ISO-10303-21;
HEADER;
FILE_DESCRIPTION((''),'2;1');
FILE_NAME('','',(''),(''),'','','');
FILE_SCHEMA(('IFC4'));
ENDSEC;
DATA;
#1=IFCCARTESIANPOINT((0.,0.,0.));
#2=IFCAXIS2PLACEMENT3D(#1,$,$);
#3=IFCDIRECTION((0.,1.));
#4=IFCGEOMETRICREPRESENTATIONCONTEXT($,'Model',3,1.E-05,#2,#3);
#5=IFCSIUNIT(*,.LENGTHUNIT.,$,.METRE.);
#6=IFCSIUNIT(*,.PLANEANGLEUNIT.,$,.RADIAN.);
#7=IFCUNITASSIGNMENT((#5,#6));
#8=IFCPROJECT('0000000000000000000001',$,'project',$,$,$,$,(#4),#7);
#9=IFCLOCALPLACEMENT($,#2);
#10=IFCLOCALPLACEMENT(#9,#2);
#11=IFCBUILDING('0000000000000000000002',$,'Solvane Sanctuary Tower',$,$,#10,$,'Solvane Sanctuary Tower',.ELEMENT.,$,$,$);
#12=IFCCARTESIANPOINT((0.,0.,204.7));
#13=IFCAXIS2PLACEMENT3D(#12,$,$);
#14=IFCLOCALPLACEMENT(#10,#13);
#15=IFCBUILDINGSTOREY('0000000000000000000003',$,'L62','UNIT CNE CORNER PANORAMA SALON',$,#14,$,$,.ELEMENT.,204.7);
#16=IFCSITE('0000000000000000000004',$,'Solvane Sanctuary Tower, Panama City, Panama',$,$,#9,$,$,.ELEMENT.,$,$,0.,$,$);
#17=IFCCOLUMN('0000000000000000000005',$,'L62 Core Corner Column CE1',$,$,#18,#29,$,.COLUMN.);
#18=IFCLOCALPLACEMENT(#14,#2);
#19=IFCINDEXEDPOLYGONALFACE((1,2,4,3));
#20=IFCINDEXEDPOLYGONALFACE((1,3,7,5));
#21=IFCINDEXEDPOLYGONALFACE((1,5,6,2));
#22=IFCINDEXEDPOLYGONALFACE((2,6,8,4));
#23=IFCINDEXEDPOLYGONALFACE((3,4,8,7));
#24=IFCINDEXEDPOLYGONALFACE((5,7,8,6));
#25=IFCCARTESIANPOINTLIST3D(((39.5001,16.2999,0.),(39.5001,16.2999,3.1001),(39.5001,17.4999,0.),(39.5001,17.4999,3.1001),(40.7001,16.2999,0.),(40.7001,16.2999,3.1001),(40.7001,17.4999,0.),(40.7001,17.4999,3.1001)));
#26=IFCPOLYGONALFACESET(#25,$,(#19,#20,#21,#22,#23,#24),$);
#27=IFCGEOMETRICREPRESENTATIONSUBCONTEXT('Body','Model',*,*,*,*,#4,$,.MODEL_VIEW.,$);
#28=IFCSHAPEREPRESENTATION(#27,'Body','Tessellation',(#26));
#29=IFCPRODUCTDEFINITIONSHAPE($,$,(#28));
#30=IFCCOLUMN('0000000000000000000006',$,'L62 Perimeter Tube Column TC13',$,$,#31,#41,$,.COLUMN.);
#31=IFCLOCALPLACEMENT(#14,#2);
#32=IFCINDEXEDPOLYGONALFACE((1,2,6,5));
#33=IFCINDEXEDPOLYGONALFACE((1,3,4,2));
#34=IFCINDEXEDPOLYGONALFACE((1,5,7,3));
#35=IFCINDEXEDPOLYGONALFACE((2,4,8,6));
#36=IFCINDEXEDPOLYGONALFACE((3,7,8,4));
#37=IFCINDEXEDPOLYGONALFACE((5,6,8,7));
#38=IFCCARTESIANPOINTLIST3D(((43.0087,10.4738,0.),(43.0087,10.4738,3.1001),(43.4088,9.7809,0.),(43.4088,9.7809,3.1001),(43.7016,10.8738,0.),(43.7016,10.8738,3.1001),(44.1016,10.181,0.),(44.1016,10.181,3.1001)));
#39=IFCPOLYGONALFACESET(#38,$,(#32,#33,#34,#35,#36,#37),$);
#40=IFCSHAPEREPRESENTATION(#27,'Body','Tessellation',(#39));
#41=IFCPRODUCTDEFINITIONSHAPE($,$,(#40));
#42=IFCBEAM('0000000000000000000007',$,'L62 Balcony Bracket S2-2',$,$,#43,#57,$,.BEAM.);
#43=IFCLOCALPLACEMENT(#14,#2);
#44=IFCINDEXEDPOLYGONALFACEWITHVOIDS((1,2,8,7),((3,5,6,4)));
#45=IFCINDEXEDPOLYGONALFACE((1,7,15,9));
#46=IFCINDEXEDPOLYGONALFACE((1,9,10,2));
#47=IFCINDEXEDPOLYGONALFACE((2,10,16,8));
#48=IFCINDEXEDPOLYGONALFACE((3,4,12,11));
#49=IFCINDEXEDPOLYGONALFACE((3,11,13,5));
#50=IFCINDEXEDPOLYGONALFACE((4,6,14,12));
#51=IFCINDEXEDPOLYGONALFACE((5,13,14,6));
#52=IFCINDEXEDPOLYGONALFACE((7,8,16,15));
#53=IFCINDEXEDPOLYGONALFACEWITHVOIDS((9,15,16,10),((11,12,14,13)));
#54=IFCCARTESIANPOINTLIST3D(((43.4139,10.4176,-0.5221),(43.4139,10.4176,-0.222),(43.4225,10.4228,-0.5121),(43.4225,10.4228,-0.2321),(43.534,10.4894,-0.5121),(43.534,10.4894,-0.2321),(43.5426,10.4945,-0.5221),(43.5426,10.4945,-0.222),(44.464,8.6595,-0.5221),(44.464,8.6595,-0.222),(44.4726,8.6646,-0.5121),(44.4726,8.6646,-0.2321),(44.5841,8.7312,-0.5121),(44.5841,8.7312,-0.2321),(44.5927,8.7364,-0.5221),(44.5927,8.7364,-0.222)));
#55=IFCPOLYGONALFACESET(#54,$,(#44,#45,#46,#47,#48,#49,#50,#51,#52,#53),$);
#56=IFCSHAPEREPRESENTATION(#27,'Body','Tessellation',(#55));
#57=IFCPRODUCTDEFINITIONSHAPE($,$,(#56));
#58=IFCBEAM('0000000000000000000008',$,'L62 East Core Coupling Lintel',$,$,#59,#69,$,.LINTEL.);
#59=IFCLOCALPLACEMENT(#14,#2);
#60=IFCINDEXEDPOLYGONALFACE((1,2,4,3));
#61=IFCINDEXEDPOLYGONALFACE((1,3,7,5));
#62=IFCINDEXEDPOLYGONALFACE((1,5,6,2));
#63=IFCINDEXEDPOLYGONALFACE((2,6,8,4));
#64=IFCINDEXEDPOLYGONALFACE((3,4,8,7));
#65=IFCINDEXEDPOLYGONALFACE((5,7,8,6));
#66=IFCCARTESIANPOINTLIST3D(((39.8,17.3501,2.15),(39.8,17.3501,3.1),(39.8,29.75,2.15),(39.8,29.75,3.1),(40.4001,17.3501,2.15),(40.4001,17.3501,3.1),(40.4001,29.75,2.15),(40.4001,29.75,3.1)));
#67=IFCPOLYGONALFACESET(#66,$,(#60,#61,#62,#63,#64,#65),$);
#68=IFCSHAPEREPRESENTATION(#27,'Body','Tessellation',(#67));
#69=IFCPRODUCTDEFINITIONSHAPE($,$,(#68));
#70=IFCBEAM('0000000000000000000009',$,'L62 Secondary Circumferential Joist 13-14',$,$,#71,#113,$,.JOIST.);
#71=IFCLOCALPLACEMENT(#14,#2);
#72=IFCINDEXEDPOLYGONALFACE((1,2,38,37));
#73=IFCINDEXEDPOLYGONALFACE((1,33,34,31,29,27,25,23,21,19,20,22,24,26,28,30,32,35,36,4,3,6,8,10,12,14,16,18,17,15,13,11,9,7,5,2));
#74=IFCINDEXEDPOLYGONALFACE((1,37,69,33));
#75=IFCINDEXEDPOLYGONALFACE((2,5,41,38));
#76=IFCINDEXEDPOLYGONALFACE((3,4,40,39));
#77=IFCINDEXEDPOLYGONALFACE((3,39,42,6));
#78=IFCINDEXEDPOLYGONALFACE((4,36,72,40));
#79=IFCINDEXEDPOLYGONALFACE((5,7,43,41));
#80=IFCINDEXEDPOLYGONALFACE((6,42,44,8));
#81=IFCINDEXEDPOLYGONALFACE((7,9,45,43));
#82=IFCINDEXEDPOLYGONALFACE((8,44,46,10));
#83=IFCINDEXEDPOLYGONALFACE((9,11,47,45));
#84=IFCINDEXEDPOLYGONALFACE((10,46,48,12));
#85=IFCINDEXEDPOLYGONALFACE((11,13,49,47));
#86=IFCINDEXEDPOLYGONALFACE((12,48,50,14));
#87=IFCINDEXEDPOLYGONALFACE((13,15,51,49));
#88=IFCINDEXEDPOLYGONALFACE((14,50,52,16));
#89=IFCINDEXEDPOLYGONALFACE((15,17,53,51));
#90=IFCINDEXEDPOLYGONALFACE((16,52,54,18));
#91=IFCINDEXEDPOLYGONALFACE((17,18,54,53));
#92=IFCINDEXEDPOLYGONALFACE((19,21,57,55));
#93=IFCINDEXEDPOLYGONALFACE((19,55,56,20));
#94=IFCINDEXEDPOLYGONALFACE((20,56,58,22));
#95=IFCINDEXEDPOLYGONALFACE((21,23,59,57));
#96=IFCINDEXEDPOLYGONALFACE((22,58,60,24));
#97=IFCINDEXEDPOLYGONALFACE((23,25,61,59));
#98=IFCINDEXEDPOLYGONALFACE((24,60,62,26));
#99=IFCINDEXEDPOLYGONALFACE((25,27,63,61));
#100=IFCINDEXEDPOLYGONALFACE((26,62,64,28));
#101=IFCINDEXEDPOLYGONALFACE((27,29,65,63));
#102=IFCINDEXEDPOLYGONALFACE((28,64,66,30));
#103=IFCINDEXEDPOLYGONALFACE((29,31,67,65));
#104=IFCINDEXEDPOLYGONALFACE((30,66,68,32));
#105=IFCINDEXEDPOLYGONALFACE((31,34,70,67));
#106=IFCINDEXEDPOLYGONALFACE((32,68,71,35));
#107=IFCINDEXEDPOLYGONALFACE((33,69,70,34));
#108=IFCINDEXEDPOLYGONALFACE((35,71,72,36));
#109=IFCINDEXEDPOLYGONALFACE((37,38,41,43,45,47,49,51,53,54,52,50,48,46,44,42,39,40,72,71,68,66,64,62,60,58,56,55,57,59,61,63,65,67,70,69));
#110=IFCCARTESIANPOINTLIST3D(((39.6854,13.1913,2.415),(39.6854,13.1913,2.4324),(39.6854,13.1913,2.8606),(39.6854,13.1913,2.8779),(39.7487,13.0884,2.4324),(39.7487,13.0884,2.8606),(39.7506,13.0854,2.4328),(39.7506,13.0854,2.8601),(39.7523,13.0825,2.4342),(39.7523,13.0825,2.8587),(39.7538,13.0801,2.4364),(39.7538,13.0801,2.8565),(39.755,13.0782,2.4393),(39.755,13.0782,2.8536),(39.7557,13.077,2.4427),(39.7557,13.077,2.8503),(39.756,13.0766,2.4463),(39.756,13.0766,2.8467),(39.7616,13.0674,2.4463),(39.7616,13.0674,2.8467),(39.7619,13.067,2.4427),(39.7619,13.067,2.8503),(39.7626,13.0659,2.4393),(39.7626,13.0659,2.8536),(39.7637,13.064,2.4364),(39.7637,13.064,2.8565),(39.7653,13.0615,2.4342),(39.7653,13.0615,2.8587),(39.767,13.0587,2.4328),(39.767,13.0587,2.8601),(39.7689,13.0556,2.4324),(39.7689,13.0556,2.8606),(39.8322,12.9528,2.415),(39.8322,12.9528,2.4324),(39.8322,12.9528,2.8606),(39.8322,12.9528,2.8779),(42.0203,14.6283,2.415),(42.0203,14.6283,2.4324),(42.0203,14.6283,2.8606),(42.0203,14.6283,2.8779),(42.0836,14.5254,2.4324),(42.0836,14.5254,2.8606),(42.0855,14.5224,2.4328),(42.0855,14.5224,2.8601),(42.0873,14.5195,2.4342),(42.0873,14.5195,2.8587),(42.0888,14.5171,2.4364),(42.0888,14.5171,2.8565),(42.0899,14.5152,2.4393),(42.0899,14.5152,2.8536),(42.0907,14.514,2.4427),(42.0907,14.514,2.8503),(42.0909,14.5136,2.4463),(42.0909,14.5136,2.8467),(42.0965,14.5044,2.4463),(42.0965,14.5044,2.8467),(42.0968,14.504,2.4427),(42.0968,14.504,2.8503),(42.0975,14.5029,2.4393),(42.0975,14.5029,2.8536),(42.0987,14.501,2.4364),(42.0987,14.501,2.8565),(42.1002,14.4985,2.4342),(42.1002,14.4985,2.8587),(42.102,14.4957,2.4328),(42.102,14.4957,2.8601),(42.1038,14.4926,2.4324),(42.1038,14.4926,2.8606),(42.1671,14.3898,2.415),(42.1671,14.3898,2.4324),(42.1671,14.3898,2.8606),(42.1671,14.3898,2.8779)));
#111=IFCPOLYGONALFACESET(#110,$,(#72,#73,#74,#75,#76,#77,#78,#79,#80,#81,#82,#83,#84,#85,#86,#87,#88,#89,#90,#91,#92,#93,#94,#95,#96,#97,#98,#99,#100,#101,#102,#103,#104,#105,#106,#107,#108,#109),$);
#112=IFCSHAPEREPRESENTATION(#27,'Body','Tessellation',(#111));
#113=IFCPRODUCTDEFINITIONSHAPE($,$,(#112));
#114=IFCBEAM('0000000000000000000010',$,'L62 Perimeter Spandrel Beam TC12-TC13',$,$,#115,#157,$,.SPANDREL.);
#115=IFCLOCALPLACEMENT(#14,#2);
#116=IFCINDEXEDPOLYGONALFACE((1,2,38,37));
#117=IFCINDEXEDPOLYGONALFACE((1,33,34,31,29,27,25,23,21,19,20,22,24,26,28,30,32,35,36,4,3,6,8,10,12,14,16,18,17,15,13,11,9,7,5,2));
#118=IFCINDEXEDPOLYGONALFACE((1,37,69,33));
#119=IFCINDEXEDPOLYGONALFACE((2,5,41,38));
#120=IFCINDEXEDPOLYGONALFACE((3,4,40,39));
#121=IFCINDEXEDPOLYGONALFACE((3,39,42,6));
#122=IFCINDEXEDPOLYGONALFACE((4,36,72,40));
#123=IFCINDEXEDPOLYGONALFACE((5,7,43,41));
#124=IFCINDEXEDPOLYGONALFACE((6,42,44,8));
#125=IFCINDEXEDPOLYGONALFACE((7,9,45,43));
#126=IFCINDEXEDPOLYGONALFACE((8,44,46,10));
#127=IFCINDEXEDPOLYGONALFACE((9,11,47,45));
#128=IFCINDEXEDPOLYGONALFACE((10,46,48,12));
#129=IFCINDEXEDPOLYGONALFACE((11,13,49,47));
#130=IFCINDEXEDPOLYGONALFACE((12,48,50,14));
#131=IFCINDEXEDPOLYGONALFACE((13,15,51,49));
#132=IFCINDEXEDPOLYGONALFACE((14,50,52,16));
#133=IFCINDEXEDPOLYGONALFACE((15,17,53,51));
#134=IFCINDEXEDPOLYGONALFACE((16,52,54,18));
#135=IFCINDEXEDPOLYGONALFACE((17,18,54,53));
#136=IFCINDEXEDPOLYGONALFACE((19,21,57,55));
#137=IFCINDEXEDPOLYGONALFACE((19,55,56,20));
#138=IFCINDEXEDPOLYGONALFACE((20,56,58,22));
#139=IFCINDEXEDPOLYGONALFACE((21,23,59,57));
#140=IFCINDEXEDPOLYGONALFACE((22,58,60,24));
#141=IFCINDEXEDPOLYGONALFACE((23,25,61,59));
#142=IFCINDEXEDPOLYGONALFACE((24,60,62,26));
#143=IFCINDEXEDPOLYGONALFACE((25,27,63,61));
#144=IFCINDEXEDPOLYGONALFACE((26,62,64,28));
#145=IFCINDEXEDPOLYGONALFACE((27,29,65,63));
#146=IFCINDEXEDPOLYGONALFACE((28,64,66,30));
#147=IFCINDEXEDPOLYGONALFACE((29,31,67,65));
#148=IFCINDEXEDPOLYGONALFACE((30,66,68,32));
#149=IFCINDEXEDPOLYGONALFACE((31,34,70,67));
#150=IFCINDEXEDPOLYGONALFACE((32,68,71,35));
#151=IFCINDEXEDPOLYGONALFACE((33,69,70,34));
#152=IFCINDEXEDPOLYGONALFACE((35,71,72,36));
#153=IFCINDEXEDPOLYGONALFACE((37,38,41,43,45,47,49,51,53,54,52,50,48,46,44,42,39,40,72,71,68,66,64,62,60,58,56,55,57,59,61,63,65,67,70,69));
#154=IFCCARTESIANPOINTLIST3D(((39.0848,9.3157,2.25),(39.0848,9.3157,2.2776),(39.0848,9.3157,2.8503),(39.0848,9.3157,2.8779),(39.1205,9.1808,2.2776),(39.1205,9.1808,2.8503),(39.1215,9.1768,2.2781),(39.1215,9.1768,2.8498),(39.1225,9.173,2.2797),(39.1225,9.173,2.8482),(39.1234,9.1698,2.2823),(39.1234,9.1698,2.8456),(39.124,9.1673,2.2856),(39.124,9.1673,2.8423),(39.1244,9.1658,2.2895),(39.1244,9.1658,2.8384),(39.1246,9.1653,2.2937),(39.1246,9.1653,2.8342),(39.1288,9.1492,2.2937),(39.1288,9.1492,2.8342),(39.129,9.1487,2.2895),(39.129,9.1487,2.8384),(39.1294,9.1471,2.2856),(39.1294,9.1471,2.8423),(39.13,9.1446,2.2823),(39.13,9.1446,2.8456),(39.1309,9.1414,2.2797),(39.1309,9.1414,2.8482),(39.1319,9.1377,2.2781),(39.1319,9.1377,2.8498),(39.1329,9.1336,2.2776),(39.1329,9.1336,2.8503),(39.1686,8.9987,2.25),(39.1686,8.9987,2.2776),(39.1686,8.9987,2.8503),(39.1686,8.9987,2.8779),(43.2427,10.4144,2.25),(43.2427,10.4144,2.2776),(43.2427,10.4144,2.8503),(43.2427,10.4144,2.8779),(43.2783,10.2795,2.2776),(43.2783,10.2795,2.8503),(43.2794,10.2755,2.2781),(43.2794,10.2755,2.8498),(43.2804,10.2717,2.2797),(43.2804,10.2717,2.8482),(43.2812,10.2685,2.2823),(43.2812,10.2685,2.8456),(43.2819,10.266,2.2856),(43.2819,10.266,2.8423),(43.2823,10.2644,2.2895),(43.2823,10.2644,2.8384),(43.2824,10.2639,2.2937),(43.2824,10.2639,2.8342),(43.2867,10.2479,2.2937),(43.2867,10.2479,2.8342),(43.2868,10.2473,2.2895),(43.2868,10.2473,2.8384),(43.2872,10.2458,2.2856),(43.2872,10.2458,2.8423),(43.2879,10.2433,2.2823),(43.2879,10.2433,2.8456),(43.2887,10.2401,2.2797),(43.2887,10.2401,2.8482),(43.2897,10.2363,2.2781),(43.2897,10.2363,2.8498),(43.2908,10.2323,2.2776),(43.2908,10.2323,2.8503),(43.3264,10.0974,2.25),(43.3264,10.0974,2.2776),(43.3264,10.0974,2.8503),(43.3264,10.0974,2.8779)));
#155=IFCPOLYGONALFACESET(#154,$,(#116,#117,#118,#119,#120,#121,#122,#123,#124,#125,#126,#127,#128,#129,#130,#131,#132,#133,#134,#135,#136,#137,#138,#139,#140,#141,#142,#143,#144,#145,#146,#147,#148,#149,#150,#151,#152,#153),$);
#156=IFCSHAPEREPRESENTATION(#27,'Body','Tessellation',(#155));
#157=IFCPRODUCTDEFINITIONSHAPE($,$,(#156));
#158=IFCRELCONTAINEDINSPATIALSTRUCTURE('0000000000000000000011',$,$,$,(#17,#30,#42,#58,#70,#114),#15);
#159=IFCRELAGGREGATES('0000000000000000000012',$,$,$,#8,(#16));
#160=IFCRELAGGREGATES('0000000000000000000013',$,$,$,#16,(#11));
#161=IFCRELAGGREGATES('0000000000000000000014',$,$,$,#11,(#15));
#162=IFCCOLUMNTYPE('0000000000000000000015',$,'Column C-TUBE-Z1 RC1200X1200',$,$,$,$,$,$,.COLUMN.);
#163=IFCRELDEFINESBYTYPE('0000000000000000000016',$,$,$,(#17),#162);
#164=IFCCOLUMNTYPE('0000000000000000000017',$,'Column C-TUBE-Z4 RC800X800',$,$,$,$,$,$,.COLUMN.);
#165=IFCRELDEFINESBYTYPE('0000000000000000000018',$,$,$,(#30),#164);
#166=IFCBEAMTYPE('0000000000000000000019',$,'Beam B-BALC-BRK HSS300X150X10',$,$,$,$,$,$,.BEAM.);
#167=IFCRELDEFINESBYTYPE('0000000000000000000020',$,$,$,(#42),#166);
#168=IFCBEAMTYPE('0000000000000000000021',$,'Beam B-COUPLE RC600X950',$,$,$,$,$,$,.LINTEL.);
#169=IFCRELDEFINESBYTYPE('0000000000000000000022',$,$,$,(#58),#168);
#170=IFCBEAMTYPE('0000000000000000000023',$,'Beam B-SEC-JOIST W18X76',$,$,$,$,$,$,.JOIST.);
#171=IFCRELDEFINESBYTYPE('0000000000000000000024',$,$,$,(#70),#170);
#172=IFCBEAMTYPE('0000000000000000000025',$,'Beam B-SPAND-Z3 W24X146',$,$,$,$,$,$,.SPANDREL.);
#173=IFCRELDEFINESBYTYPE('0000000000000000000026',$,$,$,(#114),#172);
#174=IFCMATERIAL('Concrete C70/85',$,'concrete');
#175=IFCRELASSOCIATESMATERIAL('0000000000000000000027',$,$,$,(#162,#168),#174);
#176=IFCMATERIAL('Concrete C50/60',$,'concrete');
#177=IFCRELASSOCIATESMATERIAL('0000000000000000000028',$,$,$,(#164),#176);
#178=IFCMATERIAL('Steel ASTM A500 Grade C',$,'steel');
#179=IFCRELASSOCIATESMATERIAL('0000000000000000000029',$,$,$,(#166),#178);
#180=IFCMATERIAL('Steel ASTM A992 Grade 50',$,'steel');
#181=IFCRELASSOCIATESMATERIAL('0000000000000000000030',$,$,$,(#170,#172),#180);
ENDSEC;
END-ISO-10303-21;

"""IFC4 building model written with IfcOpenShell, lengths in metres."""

from ifc_helpers import new_model, si_unit, direction, frame, origin, origin_2d, place, context, subcontext, project, spatial, rectangle, hollow_rectangle, i_section, extrude, material, material_profile, profile_set, type_object, element, save


model = new_model("IFC4")

# Units and contexts
model_context = context("Model", 3, precision=1e-05, world=origin(), true_north=direction((0.0, 1.0)))
body_context = subcontext(model_context, "Body", "Model", "MODEL_VIEW")
ifc_project = project(units=[si_unit("LENGTHUNIT", "METRE"), si_unit("PLANEANGLEUNIT", "RADIAN")], contexts=[model_context])

# Site, building, storey
site_placement = place(None, origin())
site = spatial("IfcSite", under=ifc_project, at=site_placement, Name="Solvane Sanctuary Tower, Panama City, Panama", CompositionType="ELEMENT", RefElevation=0.0)
building_placement = place(site_placement, origin())
building = spatial("IfcBuilding", under=site, at=building_placement, Name="Solvane Sanctuary Tower", LongName="Solvane Sanctuary Tower", CompositionType="ELEMENT")
storey_placement = place(building_placement, frame((0.0, 0.0, 204.7)))
storey = spatial("IfcBuildingStorey", under=building, at=storey_placement, Name="L62", Description="UNIT CNE CORNER PANORAMA SALON", CompositionType="ELEMENT", Elevation=204.7)

# Columns
ifc_material_1 = material(Name="Concrete C70/85", Category="concrete")
ifc_material_profile_1 = material_profile(ifc_material_1, rectangle(XDim=1.2, YDim=1.2, at=origin_2d()), Name="RC1200X1200")
ifc_profile_set_1 = profile_set([ifc_material_profile_1], Name="Concrete C70/85")
column_type_1 = type_object("IfcColumnType", Name="Column C-TUBE-Z1 RC1200X1200", PredefinedType="COLUMN", material=ifc_profile_set_1)
column_1_placement = place(storey_placement, frame((40.1001, 16.8999, 0.0), z_axis=(0.0, 0.0, 1.0), x_axis=(1.0, 0.0, 0.0)))
element("IfcColumn", 1, at=column_1_placement, inside=storey, type_object=column_type_1, Name="L62 Core Corner Column CE1", PredefinedType="COLUMN", context=body_context, shape_type="SweptSolid", body=[
    extrude(rectangle(XDim=1.2, YDim=1.2, at=origin_2d()), origin(), (0.0, 0.0, 1.0), 3.1001),
])
ifc_material_2 = material(Name="Concrete C50/60", Category="concrete")
ifc_material_profile_2 = material_profile(ifc_material_2, rectangle(XDim=0.8, YDim=0.8, at=origin_2d()), Name="RC800X800")
ifc_profile_set_2 = profile_set([ifc_material_profile_2], Name="Concrete C50/60")
column_type_2 = type_object("IfcColumnType", Name="Column C-TUBE-Z4 RC800X800", PredefinedType="COLUMN", material=ifc_profile_set_2)
column_2_placement = place(storey_placement, frame((43.5552, 10.3274, 0.0), z_axis=(0.0, 0.0, 1.0), x_axis=(0.5, -0.866025, 0.0)))
element("IfcColumn", 2, at=column_2_placement, inside=storey, type_object=column_type_2, Name="L62 Perimeter Tube Column TC13", PredefinedType="COLUMN", context=body_context, shape_type="SweptSolid", body=[
    extrude(rectangle(XDim=0.8, YDim=0.8, at=origin_2d()), origin(), (0.0, 0.0, 1.0), 3.1001),
])

# Beams
ifc_material_3 = material(Name="Steel ASTM A500 Grade C", Category="steel")
ifc_material_profile_3 = material_profile(ifc_material_3, hollow_rectangle(XDim=0.1499, YDim=0.3, WallThickness=0.01, at=origin_2d()), Name="HSS300X150X10")
ifc_profile_set_3 = profile_set([ifc_material_profile_3], Name="Steel ASTM A500 Grade C")
beam_type_1 = type_object("IfcBeamType", Name="Beam B-BALC-BRK HSS300X150X10", PredefinedType="BEAM", material=ifc_profile_set_3)
beam_1_placement = place(storey_placement, frame((43.4783, 10.4561, -0.3721), z_axis=(0.512777, -0.858522, 0.0), x_axis=(0.858522, 0.512777, 0.0)))
element("IfcBeam", 3, at=beam_1_placement, inside=storey, type_object=beam_type_1, Name="L62 Balcony Bracket S2-2", PredefinedType="BEAM", context=body_context, shape_type="SweptSolid", body=[
    extrude(hollow_rectangle(XDim=0.1499, YDim=0.3, WallThickness=0.01, at=origin_2d()), origin(), (0.0, 0.0, 1.0), 2.0479),
])
ifc_material_profile_4 = material_profile(ifc_material_1, rectangle(XDim=0.6001, YDim=0.95, at=origin_2d()), Name="RC600X950")
ifc_profile_set_4 = profile_set([ifc_material_profile_4], Name="Concrete C70/85")
beam_type_2 = type_object("IfcBeamType", Name="Beam B-COUPLE RC600X950", PredefinedType="LINTEL", material=ifc_profile_set_4)
beam_2_placement = place(storey_placement, frame((40.1001, 17.3501, 2.625), z_axis=(0.0, 1.0, 0.0), x_axis=(-1.0, 0.0, 0.0)))
element("IfcBeam", 4, at=beam_2_placement, inside=storey, type_object=beam_type_2, Name="L62 East Core Coupling Lintel", PredefinedType="LINTEL", context=body_context, shape_type="SweptSolid", body=[
    extrude(rectangle(XDim=0.6001, YDim=0.95, at=origin_2d()), origin(), (0.0, 0.0, 1.0), 12.3999),
])
ifc_material_4 = material(Name="Steel ASTM A992 Grade 50", Category="steel")
ifc_material_profile_5 = material_profile(ifc_material_4, i_section(OverallWidth=0.28, OverallDepth=0.4629, WebThickness=0.0107, FlangeThickness=0.0173, FilletRadius=0.0139, at=origin_2d()), Name="W18X76")
ifc_profile_set_5 = profile_set([ifc_material_profile_5], Name="Steel ASTM A992 Grade 50")
beam_type_3 = type_object("IfcBeamType", Name="Beam B-SEC-JOIST W18X76", PredefinedType="JOIST", material=ifc_profile_set_5)
beam_3_placement = place(storey_placement, frame((39.7588, 13.072, 2.6465), z_axis=(0.85164, 0.524127, 0.0), x_axis=(-0.524127, 0.85164, 0.0)))
element("IfcBeam", 5, at=beam_3_placement, inside=storey, type_object=beam_type_3, Name="L62 Secondary Circumferential Joist 13-14", PredefinedType="JOIST", context=body_context, shape_type="SweptSolid", body=[
    extrude(i_section(OverallWidth=0.28, OverallDepth=0.4629, WebThickness=0.0107, FlangeThickness=0.0173, FilletRadius=0.0139, at=origin_2d()), origin(), (0.0, 0.0, 1.0), 2.7417),
])
ifc_material_profile_6 = material_profile(ifc_material_4, i_section(OverallWidth=0.3279, OverallDepth=0.6279, WebThickness=0.0166, FlangeThickness=0.0276, FilletRadius=0.0161, at=origin_2d()), Name="W24X146")
ifc_profile_set_6 = profile_set([ifc_material_profile_6], Name="Steel ASTM A992 Grade 50")
beam_type_4 = type_object("IfcBeamType", Name="Beam B-SPAND-Z3 W24X146", PredefinedType="SPANDREL", material=ifc_profile_set_6)
beam_4_placement = place(storey_placement, frame((39.1267, 9.1572, 2.564), z_axis=(0.966817, 0.255471, 0.0), x_axis=(-0.255471, 0.966817, 0.0)))
element("IfcBeam", 6, at=beam_4_placement, inside=storey, type_object=beam_type_4, Name="L62 Perimeter Spandrel Beam TC12-TC13", PredefinedType="SPANDREL", context=body_context, shape_type="SweptSolid", body=[
    extrude(i_section(OverallWidth=0.3279, OverallDepth=0.6279, WebThickness=0.0166, FlangeThickness=0.0276, FilletRadius=0.0161, at=origin_2d()), origin(), (0.0, 0.0, 1.0), 4.3005),
])

save(model, "model.ifc")
